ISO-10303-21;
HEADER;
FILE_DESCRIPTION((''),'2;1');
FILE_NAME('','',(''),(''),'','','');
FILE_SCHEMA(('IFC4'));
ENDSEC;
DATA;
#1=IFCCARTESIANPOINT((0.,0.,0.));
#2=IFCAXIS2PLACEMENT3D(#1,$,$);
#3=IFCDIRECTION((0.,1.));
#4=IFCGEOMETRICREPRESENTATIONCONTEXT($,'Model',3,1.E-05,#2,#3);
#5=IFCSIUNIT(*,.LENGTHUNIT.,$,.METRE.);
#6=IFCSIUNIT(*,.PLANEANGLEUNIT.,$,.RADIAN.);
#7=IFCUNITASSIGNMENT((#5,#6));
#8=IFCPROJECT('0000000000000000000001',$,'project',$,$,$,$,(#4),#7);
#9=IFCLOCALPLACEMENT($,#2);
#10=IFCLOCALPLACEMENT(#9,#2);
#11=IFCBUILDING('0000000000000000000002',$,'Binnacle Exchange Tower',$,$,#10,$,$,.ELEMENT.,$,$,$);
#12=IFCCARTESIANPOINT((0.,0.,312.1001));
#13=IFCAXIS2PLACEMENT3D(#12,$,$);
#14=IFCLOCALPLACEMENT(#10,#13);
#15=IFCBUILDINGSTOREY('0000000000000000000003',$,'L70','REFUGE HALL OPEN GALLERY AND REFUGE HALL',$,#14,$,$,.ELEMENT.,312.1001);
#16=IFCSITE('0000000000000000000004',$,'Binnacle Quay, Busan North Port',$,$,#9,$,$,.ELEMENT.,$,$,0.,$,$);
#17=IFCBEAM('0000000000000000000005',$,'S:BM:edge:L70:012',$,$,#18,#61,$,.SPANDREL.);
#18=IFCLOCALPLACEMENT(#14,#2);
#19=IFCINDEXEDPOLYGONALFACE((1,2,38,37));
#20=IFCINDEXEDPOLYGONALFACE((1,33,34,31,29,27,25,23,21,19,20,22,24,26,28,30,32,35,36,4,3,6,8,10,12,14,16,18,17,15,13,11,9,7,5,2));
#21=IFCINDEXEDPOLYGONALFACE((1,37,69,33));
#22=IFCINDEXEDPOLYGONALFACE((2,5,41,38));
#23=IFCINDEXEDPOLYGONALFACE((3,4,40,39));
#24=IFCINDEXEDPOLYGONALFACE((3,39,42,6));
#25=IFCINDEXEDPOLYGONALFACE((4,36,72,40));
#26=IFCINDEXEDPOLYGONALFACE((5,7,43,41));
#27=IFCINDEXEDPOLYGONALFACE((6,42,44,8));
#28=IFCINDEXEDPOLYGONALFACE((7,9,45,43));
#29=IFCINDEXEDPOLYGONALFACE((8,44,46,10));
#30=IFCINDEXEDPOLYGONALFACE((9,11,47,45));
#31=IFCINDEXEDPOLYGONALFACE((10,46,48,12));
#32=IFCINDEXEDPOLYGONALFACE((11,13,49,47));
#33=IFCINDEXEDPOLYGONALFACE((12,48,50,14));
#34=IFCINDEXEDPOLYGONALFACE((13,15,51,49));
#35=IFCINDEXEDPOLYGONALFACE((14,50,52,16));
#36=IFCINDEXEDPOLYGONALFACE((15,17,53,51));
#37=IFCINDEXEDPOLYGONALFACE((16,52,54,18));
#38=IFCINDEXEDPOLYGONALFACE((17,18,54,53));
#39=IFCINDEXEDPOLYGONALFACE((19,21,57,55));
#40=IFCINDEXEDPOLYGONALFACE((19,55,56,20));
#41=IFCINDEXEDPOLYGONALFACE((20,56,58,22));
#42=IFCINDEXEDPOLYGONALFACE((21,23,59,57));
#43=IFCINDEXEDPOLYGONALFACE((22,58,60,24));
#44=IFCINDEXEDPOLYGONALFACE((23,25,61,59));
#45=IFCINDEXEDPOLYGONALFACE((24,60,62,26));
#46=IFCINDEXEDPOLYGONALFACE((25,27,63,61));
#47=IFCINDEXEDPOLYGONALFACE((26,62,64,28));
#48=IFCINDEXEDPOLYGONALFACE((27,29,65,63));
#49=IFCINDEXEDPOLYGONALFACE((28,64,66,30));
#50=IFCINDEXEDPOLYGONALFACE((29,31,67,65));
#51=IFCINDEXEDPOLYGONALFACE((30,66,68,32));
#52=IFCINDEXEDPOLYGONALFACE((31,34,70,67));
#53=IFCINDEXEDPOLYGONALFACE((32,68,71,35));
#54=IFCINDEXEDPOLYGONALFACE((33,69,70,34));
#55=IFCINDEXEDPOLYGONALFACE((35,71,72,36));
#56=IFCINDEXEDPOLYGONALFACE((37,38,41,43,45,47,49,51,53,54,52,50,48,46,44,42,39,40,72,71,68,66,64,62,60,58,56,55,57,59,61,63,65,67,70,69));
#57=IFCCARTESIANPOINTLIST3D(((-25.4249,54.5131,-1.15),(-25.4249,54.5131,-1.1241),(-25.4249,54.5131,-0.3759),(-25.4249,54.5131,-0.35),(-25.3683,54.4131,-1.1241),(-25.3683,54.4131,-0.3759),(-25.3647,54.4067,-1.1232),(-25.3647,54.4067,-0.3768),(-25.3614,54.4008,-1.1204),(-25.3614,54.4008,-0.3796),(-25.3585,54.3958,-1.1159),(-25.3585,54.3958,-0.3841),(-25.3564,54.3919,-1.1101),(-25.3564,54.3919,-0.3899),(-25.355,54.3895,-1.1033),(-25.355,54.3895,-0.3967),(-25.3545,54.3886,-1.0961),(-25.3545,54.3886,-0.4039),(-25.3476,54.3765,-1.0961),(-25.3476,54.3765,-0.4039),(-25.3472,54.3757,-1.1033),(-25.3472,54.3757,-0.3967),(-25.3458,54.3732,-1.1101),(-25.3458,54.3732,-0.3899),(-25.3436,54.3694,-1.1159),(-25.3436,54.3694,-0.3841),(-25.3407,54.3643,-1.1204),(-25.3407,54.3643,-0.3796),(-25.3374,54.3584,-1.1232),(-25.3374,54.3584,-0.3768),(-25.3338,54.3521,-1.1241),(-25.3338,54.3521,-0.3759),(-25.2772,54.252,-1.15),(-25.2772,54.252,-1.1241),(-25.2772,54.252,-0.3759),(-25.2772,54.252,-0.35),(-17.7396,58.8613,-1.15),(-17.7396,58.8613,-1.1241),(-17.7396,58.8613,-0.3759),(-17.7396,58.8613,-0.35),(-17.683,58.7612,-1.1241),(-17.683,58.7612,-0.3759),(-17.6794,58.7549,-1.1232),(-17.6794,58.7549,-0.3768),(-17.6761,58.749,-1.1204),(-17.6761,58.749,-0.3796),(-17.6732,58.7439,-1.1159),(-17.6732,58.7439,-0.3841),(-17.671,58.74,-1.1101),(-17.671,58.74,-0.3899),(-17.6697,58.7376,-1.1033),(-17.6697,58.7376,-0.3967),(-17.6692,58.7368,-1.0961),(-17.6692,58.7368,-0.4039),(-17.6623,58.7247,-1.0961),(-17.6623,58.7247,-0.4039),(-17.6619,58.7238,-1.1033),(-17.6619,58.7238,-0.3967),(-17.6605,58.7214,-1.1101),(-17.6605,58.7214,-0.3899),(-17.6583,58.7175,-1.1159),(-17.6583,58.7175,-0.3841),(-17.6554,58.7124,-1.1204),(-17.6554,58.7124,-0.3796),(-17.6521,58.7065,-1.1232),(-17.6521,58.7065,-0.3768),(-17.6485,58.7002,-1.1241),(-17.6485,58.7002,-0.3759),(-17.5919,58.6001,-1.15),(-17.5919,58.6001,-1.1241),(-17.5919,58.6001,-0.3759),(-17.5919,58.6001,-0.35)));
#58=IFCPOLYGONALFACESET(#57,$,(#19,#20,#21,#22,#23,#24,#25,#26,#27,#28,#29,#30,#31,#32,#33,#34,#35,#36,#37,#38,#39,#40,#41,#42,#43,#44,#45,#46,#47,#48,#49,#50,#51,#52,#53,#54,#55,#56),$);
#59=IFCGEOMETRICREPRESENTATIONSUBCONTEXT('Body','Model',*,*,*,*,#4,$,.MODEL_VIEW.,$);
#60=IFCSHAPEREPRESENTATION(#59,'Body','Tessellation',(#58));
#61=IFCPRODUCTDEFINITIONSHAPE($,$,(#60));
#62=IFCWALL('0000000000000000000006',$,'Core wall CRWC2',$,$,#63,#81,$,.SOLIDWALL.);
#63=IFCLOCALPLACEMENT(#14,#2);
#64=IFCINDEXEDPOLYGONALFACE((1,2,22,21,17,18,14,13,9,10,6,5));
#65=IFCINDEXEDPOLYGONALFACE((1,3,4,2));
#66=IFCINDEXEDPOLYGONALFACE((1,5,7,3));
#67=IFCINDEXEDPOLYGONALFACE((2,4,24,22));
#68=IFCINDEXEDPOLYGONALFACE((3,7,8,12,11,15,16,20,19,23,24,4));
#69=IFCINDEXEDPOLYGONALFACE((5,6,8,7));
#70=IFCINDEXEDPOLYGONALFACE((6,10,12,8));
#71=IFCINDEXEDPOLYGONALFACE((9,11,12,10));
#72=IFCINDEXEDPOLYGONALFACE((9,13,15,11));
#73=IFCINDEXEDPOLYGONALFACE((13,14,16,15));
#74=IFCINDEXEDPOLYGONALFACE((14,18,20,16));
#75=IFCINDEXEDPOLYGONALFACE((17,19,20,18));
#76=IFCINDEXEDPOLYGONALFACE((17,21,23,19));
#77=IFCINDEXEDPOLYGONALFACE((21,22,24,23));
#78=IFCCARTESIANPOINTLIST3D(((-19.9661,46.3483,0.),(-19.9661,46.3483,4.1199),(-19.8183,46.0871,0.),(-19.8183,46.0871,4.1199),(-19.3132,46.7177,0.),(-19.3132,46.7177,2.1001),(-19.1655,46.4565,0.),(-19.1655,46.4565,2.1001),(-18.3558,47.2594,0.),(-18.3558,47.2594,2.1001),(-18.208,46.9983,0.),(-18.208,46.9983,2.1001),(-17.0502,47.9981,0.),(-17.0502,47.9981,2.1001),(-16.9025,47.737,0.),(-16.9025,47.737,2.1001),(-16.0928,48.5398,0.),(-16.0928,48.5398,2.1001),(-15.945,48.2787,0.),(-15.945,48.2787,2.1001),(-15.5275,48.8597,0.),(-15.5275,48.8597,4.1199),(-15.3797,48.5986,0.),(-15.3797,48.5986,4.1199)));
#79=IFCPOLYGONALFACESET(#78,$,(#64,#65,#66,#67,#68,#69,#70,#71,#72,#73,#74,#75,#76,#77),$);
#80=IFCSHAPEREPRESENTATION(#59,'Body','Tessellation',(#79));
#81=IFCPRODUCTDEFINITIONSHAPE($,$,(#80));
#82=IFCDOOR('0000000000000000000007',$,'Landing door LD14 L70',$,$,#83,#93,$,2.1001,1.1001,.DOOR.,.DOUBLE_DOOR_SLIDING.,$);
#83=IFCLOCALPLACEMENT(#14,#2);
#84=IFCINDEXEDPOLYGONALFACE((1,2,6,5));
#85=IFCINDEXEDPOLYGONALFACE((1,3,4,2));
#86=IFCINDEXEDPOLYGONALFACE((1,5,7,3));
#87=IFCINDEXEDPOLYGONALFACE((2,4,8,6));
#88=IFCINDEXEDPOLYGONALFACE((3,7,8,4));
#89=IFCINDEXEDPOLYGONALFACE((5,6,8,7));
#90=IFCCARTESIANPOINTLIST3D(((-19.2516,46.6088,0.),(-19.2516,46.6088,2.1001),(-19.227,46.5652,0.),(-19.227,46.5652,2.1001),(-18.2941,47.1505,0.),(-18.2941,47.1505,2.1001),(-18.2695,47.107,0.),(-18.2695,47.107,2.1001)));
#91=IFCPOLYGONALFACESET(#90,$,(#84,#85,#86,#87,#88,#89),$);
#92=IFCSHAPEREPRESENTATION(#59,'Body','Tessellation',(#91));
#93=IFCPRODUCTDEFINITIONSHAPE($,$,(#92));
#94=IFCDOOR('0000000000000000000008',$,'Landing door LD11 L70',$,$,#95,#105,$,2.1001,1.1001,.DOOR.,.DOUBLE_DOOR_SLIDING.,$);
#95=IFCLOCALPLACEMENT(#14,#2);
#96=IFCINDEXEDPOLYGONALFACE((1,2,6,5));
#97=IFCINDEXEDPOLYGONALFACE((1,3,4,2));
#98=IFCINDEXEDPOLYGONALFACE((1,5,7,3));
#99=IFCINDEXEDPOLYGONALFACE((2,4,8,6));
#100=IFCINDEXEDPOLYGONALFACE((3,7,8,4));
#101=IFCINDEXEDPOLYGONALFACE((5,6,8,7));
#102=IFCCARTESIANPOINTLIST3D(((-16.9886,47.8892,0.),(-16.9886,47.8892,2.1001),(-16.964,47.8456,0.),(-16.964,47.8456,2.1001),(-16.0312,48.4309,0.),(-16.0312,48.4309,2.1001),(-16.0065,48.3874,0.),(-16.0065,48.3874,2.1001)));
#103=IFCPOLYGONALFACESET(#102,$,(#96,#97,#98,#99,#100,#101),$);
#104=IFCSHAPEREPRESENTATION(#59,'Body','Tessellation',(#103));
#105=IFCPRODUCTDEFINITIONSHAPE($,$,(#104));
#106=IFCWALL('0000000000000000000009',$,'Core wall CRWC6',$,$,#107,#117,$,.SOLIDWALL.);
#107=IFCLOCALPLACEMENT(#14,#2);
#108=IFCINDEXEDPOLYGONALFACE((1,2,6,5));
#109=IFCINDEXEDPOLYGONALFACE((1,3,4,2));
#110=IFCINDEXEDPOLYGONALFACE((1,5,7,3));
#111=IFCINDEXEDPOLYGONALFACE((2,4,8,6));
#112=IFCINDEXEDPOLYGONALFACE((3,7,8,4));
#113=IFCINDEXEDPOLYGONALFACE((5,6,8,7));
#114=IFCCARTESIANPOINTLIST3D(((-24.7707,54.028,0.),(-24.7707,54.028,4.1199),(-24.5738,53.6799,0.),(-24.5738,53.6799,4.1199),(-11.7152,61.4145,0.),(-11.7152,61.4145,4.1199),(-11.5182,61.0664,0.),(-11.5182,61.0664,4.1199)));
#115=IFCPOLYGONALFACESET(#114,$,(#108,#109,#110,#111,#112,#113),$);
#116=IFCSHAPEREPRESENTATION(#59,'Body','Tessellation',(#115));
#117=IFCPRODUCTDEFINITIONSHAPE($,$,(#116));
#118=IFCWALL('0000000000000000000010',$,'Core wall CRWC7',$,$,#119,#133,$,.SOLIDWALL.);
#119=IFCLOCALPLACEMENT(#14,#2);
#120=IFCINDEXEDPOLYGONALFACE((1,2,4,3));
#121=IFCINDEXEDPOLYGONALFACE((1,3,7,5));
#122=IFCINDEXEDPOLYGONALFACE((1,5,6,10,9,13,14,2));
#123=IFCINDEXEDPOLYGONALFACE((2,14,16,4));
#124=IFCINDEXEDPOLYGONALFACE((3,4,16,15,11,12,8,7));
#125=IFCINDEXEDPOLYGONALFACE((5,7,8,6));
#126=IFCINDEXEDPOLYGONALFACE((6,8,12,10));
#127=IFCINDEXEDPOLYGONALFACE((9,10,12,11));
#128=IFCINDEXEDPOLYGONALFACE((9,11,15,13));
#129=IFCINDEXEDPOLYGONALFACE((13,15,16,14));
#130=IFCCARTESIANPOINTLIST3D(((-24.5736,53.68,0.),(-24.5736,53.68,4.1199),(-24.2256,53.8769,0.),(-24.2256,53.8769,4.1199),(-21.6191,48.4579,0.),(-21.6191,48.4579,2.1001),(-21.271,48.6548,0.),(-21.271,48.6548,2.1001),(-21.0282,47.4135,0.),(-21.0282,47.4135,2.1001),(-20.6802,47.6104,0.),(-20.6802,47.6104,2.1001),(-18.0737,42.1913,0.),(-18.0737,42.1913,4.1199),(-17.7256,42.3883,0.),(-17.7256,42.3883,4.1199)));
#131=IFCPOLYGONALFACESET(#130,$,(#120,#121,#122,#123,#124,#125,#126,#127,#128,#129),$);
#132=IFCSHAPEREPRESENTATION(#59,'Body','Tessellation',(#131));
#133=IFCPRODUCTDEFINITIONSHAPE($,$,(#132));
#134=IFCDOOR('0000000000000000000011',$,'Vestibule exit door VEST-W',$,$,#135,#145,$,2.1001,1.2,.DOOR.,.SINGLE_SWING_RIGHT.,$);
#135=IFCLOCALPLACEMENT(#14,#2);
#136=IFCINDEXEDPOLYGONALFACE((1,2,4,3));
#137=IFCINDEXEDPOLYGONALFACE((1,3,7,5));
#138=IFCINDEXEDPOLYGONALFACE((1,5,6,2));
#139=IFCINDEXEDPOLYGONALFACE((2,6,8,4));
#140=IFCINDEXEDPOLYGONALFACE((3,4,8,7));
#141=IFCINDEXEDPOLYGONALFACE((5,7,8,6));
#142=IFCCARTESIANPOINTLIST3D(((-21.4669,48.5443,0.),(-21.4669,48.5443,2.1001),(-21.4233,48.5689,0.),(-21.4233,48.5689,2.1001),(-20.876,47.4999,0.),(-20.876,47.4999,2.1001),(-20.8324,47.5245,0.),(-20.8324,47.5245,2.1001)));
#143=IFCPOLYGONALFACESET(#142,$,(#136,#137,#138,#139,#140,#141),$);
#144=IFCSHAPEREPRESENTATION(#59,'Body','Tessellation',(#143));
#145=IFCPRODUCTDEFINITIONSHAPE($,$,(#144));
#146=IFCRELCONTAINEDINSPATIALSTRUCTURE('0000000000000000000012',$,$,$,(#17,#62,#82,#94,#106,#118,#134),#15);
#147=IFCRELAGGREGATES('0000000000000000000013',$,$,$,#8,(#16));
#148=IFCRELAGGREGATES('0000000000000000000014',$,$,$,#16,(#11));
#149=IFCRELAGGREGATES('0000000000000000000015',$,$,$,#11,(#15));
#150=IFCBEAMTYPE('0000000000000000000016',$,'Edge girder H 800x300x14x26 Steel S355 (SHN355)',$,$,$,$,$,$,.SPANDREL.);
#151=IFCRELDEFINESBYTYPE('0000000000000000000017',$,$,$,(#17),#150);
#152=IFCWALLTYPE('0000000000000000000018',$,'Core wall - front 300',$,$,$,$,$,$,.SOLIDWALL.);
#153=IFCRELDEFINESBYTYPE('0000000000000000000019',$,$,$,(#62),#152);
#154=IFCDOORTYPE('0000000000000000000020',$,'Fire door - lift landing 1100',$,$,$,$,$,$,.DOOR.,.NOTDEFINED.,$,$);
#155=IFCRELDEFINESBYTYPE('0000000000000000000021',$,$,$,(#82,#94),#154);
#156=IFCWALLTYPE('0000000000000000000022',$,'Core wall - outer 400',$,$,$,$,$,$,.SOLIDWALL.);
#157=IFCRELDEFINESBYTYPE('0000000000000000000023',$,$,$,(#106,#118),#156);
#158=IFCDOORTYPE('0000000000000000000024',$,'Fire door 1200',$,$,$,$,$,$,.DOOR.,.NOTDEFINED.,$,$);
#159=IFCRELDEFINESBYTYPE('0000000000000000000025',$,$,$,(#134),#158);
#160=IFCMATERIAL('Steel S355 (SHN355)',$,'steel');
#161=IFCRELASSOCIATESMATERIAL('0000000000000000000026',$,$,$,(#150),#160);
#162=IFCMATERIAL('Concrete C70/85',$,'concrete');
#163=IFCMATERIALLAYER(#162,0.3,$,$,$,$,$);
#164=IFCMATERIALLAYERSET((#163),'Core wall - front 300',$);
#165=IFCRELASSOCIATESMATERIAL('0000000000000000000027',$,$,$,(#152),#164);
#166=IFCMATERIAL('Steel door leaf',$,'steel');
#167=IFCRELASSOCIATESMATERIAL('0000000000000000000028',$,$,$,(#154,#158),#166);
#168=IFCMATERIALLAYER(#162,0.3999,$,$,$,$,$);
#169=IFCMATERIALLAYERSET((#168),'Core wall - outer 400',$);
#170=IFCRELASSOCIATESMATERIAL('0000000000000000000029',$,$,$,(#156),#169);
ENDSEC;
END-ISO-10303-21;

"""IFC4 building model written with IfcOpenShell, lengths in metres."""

from ifc_helpers import new_model, si_unit, direction, frame, frame_2d, origin, origin_2d, place, context, subcontext, project, spatial, rectangle, i_section, extrude, material, layer, layer_set, material_profile, profile_set, type_object, element, fill, save


model = new_model("IFC4")

# Units and contexts
model_context = context("Model", 3, precision=1e-05, world=origin(), true_north=direction((0.0, 1.0)))
body_context = subcontext(model_context, "Body", "Model", "MODEL_VIEW")
ifc_project = project(units=[si_unit("LENGTHUNIT", "METRE"), si_unit("PLANEANGLEUNIT", "RADIAN")], contexts=[model_context])

# Site, building, storey
site_placement = place(None, origin())
site = spatial("IfcSite", under=ifc_project, at=site_placement, Name="Binnacle Quay, Busan North Port", CompositionType="ELEMENT", RefElevation=0.0)
building_placement = place(site_placement, origin())
building = spatial("IfcBuilding", under=site, at=building_placement, Name="Binnacle Exchange Tower", CompositionType="ELEMENT")
storey_placement = place(building_placement, frame((0.0, 0.0, 312.1001)))
storey = spatial("IfcBuildingStorey", under=building, at=storey_placement, Name="L70", Description="REFUGE HALL OPEN GALLERY AND REFUGE HALL", CompositionType="ELEMENT", Elevation=312.1001)

# Beam
ifc_material_1 = material(Name="Steel S355 (SHN355)", Category="steel")
ifc_material_profile = material_profile(ifc_material_1, i_section(OverallWidth=0.3, OverallDepth=0.8, WebThickness=0.0139, FlangeThickness=0.0259, FilletRadius=0.0281, at=origin_2d()), Name="H 800x300x14x26")
ifc_profile_set = profile_set([ifc_material_profile], Name="Steel S355 (SHN355)")
beam_type = type_object("IfcBeamType", Name="Edge girder H 800x300x14x26 Steel S355 (SHN355)", PredefinedType="SPANDREL", material=ifc_profile_set)
beam_placement = place(storey_placement, frame((-25.3511, 54.3826, -0.75), z_axis=(0.870355, 0.492424, 0.0), x_axis=(-0.492424, 0.870355, 0.0)))
element("IfcBeam", 1, at=beam_placement, inside=storey, type_object=beam_type, Name="S:BM:edge:L70:012", PredefinedType="SPANDREL", context=body_context, shape_type="SweptSolid", body=[
    extrude(i_section(OverallWidth=0.3, OverallDepth=0.8, WebThickness=0.0139, FlangeThickness=0.0259, FilletRadius=0.0281, at=origin_2d()), origin(), (0.0, 0.0, 1.0), 8.8301),
])

# Wall, openings, doors
ifc_material_2 = material(Name="Concrete C70/85", Category="concrete")
ifc_layer_1 = layer(ifc_material_2, 0.3)
ifc_layer_set_1 = layer_set([ifc_layer_1], Name="Core wall - front 300")
wall_type_1 = type_object("IfcWallType", Name="Core wall - front 300", PredefinedType="SOLIDWALL", material=ifc_layer_set_1)
wall_1_placement = place(storey_placement, frame((-19.8921, 46.2178, 0.0), z_axis=(0.0, 0.0, 1.0), x_axis=(0.870342, 0.492448, 0.0)))
wall_1 = element("IfcWall", 2, at=wall_1_placement, inside=storey, type_object=wall_type_1, Name="Core wall CRWC2", PredefinedType="SOLIDWALL", context=body_context, shape_type="SweptSolid", body=[
    extrude(rectangle(XDim=5.0999, YDim=0.3, at=frame_2d((2.5498, 0.0))), origin(), (0.0, 0.0, 1.0), 4.1199),
])
opening_1_placement = place(wall_1_placement, frame((0.75, 0.0, 0.0)))
opening_1 = element("IfcOpeningElement", 3, at=opening_1_placement, cuts=wall_1, PredefinedType="OPENING", context=body_context, shape_type="SweptSolid", body=[
    extrude(rectangle(XDim=1.1001, YDim=2.1001, at=frame_2d((0.55, 1.05))), frame((0.0, 0.1599, 0.0), z_axis=(0.0, -1.0, 0.0), x_axis=(1.0, 0.0, 0.0)), (0.0, 0.0, 1.0), 0.3201),
])
opening_2_placement = place(wall_1_placement, frame((3.3501, 0.0, 0.0)))
opening_2 = element("IfcOpeningElement", 4, at=opening_2_placement, cuts=wall_1, PredefinedType="OPENING", context=body_context, shape_type="SweptSolid", body=[
    extrude(rectangle(XDim=1.1001, YDim=2.1001, at=frame_2d((0.55, 1.05))), frame((0.0, 0.1599, 0.0), z_axis=(0.0, -1.0, 0.0), x_axis=(1.0, 0.0, 0.0)), (0.0, 0.0, 1.0), 0.3201),
])
ifc_material_3 = material(Name="Steel door leaf", Category="steel")
door_type_1 = type_object("IfcDoorType", Name="Fire door - lift landing 1100", OperationType="NOTDEFINED", PredefinedType="DOOR", material=ifc_material_3)
door_1_placement = place(opening_1_placement, origin())
door_1 = element("IfcDoor", 5, at=door_1_placement, inside=storey, type_object=door_type_1, Name="Landing door LD14 L70", OperationType="DOUBLE_DOOR_SLIDING", OverallHeight=2.1001, OverallWidth=1.1001, PredefinedType="DOOR", context=body_context, shape_type="SweptSolid", body=[
    extrude(rectangle(XDim=1.1001, YDim=2.1001, at=frame_2d((0.55, 1.05))), frame((0.0, 0.0249, 0.0), z_axis=(0.0, -1.0, 0.0), x_axis=(1.0, 0.0, 0.0)), (0.0, 0.0, 1.0), 0.05),
])
fill(opening_1, door_1)
door_2_placement = place(opening_2_placement, origin())
door_2 = element("IfcDoor", 6, at=door_2_placement, inside=storey, type_object=door_type_1, Name="Landing door LD11 L70", OperationType="DOUBLE_DOOR_SLIDING", OverallHeight=2.1001, OverallWidth=1.1001, PredefinedType="DOOR", context=body_context, shape_type="SweptSolid", body=[
    extrude(rectangle(XDim=1.1001, YDim=2.1001, at=frame_2d((0.55, 1.05))), frame((0.0, 0.0249, 0.0), z_axis=(0.0, -1.0, 0.0), x_axis=(1.0, 0.0, 0.0)), (0.0, 0.0, 1.0), 0.05),
])
fill(opening_2, door_2)

# Wall
ifc_layer_2 = layer(ifc_material_2, 0.3999)
ifc_layer_set_2 = layer_set([ifc_layer_2], Name="Core wall - outer 400")
wall_type_2 = type_object("IfcWallType", Name="Core wall - outer 400", PredefinedType="SOLIDWALL", material=ifc_layer_set_2)
wall_2_placement = place(storey_placement, frame((-24.6721, 53.854, 0.0), z_axis=(0.0, 0.0, 1.0), x_axis=(0.870354, 0.492427, 0.0)))
element("IfcWall", 7, at=wall_2_placement, inside=storey, type_object=wall_type_2, Name="Core wall CRWC6", PredefinedType="SOLIDWALL", context=body_context, shape_type="SweptSolid", body=[
    extrude(rectangle(XDim=15.0002, YDim=0.3999, at=frame_2d((7.5, 0.0))), origin(), (0.0, 0.0, 1.0), 4.1199),
])

# Wall, opening, door
wall_3_placement = place(storey_placement, frame((-24.3997, 53.7786, 0.0), z_axis=(0.0, 0.0, 1.0), x_axis=(0.492422, -0.870357, 0.0)))
wall_3 = element("IfcWall", 8, at=wall_3_placement, inside=storey, type_object=wall_type_2, Name="Core wall CRWC7", PredefinedType="SOLIDWALL", context=body_context, shape_type="SweptSolid", body=[
    extrude(rectangle(XDim=13.2, YDim=0.3999, at=frame_2d((6.6001, 0.0))), origin(), (0.0, 0.0, 1.0), 4.1199),
])
opening_3_placement = place(wall_3_placement, frame((6.0, 0.0, 0.0)))
opening_3 = element("IfcOpeningElement", 9, at=opening_3_placement, cuts=wall_3, PredefinedType="OPENING", context=body_context, shape_type="SweptSolid", body=[
    extrude(rectangle(XDim=1.2, YDim=2.1001, at=frame_2d((0.6001, 1.05))), frame((0.0, 0.21, 0.0), z_axis=(0.0, -1.0, 0.0), x_axis=(1.0, 0.0, 0.0)), (0.0, 0.0, 1.0), 0.4199),
])
door_type_2 = type_object("IfcDoorType", Name="Fire door 1200", OperationType="NOTDEFINED", PredefinedType="DOOR", material=ifc_material_3)
door_3_placement = place(opening_3_placement, frame((1.2, 0.0, 0.0), z_axis=(0.0, 0.0, 1.0), x_axis=(-1.0, 0.0, 0.0)))
door_3 = element("IfcDoor", 10, at=door_3_placement, inside=storey, type_object=door_type_2, Name="Vestibule exit door VEST-W", OperationType="SINGLE_SWING_RIGHT", OverallHeight=2.1001, OverallWidth=1.2, PredefinedType="DOOR", context=body_context, shape_type="SweptSolid", body=[
    extrude(rectangle(XDim=1.2, YDim=2.1001, at=frame_2d((0.6001, 1.05))), frame((0.0, 0.0249, 0.0), z_axis=(0.0, -1.0, 0.0), x_axis=(1.0, 0.0, 0.0)), (0.0, 0.0, 1.0), 0.05),
])
fill(opening_3, door_3)

save(model, "model.ifc")
